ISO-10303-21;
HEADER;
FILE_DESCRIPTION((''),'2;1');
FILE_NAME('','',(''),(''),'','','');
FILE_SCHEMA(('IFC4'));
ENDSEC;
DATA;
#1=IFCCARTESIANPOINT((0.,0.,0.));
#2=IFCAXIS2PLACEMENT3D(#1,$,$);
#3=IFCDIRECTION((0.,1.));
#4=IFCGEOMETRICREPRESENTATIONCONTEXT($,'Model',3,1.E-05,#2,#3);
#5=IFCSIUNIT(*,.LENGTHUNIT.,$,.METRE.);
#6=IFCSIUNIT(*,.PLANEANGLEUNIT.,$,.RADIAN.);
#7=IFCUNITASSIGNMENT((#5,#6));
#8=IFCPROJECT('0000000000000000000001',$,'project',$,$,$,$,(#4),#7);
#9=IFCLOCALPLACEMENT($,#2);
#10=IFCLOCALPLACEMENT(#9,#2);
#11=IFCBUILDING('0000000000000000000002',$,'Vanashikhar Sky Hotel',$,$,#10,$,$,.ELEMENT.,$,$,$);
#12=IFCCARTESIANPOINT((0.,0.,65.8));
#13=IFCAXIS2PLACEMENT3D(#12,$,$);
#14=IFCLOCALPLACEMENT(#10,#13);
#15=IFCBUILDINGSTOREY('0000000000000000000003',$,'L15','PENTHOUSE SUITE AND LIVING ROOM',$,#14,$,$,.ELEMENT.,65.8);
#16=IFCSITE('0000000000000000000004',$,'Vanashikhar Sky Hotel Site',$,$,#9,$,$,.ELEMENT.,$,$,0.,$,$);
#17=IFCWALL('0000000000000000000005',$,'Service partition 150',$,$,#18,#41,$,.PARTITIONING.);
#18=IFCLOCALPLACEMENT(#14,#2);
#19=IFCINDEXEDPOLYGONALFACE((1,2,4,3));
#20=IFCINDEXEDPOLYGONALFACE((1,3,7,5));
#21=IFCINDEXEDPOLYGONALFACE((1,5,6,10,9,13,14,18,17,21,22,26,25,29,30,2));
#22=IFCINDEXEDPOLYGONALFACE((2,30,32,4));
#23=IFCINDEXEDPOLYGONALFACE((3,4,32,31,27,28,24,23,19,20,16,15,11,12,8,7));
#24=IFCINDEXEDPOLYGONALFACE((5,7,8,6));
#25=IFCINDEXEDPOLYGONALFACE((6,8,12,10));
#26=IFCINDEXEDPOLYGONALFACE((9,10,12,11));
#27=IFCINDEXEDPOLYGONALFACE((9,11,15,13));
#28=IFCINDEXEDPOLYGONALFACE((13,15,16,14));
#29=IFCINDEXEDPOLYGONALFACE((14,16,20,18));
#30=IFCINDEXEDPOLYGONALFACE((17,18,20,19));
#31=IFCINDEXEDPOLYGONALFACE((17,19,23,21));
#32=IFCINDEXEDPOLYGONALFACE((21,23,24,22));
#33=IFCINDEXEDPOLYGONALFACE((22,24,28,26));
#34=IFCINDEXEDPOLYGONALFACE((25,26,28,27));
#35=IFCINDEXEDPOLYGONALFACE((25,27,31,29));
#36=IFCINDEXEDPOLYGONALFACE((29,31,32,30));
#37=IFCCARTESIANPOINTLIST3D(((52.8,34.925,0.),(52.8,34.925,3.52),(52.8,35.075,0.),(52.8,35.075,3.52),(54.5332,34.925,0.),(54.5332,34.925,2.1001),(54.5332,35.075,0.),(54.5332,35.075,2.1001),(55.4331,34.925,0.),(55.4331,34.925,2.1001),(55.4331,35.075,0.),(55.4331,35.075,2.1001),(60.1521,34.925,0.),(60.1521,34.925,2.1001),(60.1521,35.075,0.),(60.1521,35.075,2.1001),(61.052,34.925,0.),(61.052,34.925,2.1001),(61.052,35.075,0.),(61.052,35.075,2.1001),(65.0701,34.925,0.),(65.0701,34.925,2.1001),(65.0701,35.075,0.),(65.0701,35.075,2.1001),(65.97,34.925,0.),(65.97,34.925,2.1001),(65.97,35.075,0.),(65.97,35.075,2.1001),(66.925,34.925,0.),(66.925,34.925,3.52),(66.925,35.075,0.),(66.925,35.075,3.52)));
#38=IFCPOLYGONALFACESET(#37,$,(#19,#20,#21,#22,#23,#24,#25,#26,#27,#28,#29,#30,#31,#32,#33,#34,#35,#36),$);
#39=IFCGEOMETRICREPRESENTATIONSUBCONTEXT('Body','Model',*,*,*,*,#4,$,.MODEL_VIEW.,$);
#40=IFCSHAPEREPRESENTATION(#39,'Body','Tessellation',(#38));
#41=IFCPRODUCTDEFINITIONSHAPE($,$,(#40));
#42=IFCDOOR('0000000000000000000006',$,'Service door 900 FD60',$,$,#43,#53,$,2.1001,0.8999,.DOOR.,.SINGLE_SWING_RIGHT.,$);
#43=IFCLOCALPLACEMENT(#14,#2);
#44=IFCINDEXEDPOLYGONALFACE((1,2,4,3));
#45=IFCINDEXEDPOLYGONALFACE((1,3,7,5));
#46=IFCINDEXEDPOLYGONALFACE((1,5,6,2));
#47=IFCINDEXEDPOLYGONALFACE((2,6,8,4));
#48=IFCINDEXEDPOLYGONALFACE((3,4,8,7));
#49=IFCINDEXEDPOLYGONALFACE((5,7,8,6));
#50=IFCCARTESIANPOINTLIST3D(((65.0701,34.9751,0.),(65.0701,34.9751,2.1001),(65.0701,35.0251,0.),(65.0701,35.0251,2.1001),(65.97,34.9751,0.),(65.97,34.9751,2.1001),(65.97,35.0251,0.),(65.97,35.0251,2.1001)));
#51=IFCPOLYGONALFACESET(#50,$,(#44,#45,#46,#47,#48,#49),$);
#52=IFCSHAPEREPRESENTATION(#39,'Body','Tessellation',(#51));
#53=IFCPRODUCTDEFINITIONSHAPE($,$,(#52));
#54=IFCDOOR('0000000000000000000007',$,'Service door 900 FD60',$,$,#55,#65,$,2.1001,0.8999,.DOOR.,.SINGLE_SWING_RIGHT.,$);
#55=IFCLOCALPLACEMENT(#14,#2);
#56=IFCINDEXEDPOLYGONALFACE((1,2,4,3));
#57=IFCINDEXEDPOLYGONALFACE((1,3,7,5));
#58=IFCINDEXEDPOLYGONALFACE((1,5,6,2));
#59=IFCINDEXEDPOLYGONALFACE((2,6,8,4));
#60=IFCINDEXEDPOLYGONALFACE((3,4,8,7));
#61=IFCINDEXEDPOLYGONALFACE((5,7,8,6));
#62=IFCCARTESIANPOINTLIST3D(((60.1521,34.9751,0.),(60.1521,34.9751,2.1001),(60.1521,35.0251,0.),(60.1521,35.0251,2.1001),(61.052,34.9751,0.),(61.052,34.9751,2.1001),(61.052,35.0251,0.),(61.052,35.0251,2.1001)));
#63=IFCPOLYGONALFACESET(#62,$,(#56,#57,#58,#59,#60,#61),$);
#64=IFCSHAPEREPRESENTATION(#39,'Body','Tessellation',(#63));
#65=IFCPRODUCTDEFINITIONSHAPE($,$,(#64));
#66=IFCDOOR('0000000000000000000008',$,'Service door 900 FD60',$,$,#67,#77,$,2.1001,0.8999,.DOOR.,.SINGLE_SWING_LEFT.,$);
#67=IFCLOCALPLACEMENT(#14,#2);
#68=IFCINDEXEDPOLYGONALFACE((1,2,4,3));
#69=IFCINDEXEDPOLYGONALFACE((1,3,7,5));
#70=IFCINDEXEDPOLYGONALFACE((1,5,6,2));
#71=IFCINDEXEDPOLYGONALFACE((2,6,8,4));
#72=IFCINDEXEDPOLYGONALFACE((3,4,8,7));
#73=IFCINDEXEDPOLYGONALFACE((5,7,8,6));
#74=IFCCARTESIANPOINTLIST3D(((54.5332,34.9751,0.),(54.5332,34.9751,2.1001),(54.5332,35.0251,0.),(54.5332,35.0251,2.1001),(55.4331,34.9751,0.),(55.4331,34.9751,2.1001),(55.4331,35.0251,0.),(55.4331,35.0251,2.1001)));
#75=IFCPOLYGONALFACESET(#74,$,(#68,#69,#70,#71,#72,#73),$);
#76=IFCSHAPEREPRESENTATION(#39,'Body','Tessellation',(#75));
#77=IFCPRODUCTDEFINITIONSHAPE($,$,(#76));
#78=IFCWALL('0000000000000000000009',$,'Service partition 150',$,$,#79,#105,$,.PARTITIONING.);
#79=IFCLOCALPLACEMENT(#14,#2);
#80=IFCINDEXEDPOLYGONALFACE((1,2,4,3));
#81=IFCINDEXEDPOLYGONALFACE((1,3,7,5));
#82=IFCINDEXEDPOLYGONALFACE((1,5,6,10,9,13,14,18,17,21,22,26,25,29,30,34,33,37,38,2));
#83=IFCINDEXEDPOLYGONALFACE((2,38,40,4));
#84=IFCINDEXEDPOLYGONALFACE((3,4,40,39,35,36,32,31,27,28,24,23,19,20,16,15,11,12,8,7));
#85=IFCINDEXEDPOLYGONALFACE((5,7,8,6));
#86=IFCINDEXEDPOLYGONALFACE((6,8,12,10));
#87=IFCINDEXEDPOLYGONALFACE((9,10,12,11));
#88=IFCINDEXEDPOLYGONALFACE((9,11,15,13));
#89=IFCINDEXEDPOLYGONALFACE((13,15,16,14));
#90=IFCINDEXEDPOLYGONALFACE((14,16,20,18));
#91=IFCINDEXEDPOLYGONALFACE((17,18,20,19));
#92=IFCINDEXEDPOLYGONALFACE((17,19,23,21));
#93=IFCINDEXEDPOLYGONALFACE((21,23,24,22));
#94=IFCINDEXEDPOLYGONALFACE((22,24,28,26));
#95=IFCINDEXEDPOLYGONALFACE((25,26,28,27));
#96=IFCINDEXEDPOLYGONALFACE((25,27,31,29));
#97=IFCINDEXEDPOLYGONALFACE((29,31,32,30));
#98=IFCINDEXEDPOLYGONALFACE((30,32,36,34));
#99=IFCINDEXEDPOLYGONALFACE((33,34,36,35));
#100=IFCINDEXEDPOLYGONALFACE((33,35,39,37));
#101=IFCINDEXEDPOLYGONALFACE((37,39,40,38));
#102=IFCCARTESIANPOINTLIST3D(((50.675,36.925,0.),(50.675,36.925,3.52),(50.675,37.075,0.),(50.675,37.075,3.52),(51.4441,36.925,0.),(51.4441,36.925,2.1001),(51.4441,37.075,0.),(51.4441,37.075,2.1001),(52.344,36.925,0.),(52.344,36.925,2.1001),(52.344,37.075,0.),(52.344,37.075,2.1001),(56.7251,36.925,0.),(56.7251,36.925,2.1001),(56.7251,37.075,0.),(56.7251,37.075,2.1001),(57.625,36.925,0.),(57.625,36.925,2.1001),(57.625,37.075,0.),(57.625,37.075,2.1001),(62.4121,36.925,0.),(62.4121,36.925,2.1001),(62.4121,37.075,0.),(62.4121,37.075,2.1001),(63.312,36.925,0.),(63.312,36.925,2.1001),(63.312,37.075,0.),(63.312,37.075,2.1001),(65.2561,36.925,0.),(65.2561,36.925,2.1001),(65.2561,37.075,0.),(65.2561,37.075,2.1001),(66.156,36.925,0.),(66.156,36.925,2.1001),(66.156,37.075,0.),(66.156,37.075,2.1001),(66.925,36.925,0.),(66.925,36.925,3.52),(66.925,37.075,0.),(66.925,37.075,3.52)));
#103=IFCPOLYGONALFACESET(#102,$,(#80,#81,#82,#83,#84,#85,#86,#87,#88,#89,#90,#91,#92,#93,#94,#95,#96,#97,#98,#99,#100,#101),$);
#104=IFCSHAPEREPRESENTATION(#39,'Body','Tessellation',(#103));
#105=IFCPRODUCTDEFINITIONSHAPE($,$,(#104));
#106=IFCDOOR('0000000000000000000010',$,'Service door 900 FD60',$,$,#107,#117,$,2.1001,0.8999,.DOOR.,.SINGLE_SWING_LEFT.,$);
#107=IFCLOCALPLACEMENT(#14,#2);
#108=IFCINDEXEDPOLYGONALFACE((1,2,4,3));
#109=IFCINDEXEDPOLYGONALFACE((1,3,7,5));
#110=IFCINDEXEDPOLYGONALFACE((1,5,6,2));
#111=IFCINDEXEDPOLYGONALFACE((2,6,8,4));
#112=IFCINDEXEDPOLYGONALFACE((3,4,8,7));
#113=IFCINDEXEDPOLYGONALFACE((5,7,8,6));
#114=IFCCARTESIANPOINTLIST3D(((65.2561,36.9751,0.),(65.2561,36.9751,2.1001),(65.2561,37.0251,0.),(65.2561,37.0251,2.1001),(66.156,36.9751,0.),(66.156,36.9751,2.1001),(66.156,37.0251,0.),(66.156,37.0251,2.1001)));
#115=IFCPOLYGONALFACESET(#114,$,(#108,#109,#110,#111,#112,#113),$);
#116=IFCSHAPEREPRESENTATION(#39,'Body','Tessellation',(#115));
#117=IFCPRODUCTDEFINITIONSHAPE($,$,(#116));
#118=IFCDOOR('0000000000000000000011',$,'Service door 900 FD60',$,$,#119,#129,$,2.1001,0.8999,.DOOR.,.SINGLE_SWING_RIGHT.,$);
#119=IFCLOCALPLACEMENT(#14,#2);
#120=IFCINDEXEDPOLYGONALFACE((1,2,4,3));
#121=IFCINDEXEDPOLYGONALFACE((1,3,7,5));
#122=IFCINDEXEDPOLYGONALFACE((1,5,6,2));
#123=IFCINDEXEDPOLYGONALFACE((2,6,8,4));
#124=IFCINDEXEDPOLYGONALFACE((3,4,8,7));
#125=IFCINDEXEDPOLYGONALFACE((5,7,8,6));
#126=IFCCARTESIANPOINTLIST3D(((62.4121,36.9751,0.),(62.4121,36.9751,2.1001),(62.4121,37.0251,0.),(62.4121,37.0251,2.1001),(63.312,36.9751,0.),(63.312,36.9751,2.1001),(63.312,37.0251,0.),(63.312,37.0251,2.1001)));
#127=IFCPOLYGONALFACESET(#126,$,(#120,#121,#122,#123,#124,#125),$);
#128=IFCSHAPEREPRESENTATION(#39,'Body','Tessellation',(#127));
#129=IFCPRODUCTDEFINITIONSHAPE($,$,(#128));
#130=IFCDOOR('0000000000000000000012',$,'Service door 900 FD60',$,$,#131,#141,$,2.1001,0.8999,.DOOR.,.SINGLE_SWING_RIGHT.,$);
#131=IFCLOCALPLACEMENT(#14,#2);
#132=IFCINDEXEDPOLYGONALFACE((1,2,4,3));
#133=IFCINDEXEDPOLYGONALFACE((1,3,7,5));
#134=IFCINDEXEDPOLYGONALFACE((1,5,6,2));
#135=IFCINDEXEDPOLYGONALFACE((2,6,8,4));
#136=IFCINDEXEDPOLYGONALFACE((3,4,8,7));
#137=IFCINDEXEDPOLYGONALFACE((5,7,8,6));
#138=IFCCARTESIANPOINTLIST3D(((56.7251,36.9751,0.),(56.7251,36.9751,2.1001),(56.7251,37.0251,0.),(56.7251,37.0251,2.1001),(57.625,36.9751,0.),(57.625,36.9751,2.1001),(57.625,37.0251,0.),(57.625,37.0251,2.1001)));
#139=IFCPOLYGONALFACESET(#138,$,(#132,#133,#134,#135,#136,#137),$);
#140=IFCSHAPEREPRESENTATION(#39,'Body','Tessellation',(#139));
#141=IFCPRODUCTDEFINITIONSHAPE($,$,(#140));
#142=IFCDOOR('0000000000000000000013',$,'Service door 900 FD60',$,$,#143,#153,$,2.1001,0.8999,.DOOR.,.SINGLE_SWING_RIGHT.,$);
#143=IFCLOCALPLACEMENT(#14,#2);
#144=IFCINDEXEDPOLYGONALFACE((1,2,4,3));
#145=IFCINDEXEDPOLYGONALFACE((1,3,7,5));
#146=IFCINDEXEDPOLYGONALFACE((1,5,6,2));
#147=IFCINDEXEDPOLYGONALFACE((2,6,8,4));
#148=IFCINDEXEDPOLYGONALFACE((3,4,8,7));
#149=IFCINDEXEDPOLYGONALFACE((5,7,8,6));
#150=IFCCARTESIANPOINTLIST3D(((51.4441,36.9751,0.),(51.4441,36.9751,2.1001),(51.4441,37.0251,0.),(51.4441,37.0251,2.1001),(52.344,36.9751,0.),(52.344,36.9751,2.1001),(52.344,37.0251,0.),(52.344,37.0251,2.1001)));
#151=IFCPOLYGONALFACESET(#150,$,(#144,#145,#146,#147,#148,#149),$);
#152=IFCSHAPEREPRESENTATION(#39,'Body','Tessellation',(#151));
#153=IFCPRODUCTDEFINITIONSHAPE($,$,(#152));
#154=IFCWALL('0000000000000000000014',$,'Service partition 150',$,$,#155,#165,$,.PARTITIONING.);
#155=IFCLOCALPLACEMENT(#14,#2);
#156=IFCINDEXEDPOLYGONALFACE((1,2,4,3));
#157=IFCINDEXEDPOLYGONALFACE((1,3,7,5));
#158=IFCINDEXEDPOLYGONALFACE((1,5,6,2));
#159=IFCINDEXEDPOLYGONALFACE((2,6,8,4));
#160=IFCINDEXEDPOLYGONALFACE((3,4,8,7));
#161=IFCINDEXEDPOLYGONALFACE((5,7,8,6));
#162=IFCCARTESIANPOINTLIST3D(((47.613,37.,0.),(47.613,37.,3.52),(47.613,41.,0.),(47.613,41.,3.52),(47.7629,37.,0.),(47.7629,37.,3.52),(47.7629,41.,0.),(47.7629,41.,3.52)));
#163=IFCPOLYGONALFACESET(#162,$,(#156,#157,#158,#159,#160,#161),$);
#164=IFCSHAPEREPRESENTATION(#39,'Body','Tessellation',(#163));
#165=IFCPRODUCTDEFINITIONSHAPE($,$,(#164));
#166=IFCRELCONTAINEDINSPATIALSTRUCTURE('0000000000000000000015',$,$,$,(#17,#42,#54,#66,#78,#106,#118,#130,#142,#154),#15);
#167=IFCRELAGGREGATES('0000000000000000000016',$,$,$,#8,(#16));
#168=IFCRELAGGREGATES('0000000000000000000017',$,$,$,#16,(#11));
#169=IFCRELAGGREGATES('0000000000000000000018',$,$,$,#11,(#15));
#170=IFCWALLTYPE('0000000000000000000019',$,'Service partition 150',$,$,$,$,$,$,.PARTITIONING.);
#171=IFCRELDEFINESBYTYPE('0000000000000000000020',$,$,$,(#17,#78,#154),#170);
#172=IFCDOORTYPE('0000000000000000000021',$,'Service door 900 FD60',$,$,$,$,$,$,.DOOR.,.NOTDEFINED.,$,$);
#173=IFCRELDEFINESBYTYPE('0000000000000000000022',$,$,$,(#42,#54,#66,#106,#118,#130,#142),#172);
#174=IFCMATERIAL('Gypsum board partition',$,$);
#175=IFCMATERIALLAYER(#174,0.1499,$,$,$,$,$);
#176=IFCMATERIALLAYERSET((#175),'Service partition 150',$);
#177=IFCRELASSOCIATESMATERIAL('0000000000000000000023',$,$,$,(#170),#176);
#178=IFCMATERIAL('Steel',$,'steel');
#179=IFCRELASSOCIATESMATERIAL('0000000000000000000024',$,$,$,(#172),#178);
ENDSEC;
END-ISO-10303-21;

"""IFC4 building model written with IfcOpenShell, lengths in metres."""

from ifc_helpers import new_model, si_unit, direction, frame, frame_2d, origin, place, context, subcontext, project, spatial, rectangle, extrude, source, transform, mapped, material, layer, layer_set, type_object, element, fill, save


model = new_model("IFC4")

# Units and contexts
model_context = context("Model", 3, precision=1e-05, world=origin(), true_north=direction((0.0, 1.0)))
body_context = subcontext(model_context, "Body", "Model", "MODEL_VIEW")
ifc_project = project(units=[si_unit("LENGTHUNIT", "METRE"), si_unit("PLANEANGLEUNIT", "RADIAN")], contexts=[model_context])

# Site, building, storey
site_placement = place(None, origin())
site = spatial("IfcSite", under=ifc_project, at=site_placement, Name="Vanashikhar Sky Hotel Site", CompositionType="ELEMENT", RefElevation=0.0)
building_placement = place(site_placement, origin())
building = spatial("IfcBuilding", under=site, at=building_placement, Name="Vanashikhar Sky Hotel", CompositionType="ELEMENT")
storey_placement = place(building_placement, frame((0.0, 0.0, 65.8)))
storey = spatial("IfcBuildingStorey", under=building, at=storey_placement, Name="L15", Description="PENTHOUSE SUITE AND LIVING ROOM", CompositionType="ELEMENT", Elevation=65.8)

# Shared definitions
ifc_material_1 = material(Name="Steel", Category="steel")

# Shared definitions
ifc_material_2 = material(Name="Gypsum board partition")
ifc_layer_1 = layer(ifc_material_2, 0.1499)
ifc_layer_set_1 = layer_set([ifc_layer_1], Name="Service partition 150")
wall_type_1 = type_object("IfcWallType", Name="Service partition 150", PredefinedType="PARTITIONING", material=ifc_layer_set_1)

# Walls, openings, doors
shared_shape_1 = source(origin(), body_context, "Body", "SweptSolid", [
    extrude(rectangle(XDim=14.125, YDim=0.1499, at=frame_2d((7.0625, 0.0))), origin(), (0.0, 0.0, 1.0), 3.52),
])
wall_1_placement = place(storey_placement, frame((66.925, 35.0, 0.0), z_axis=(0.0, 0.0, 1.0), x_axis=(-1.0, 0.0, 0.0)))
wall_1 = element("IfcWall", 1, at=wall_1_placement, inside=storey, type_object=wall_type_1, Name="Service partition 150", PredefinedType="PARTITIONING", context=body_context, shape_type="MappedRepresentation", body=[
    mapped(shared_shape_1, transform((0.0, 0.0, 0.0), scale=1.0)),
])
shared_shape_2 = source(origin(), body_context, "Body", "SweptSolid", [
    extrude(rectangle(XDim=0.8999, YDim=2.1001, at=frame_2d((0.45, 1.05))), frame((0.0, 0.085, 0.0), z_axis=(0.0, -1.0, 0.0), x_axis=(1.0, 0.0, 0.0)), (0.0, 0.0, 1.0), 0.1699),
])
opening_1_placement = place(wall_1_placement, frame((0.9551, 0.0, 0.0)))
opening_1 = element("IfcOpeningElement", 2, at=opening_1_placement, cuts=wall_1, PredefinedType="OPENING", context=body_context, shape_type="MappedRepresentation", body=[
    mapped(shared_shape_2, transform((0.0, 0.0, 0.0), scale=1.0)),
])
opening_2_placement = place(wall_1_placement, frame((5.873, 0.0, 0.0)))
opening_2 = element("IfcOpeningElement", 3, at=opening_2_placement, cuts=wall_1, PredefinedType="OPENING", context=body_context, shape_type="MappedRepresentation", body=[
    mapped(shared_shape_2, transform((0.0, 0.0, 0.0), scale=1.0)),
])
opening_3_placement = place(wall_1_placement, frame((11.4919, 0.0, 0.0)))
opening_3 = element("IfcOpeningElement", 4, at=opening_3_placement, cuts=wall_1, PredefinedType="OPENING", context=body_context, shape_type="MappedRepresentation", body=[
    mapped(shared_shape_2, transform((0.0, 0.0, 0.0), scale=1.0)),
])
door_type_1 = type_object("IfcDoorType", Name="Service door 900 FD60", OperationType="NOTDEFINED", PredefinedType="DOOR", material=ifc_material_1)
shared_shape_3 = source(origin(), body_context, "Body", "SweptSolid", [
    extrude(rectangle(XDim=0.8999, YDim=2.1001, at=frame_2d((0.45, 1.05))), frame((0.0, 0.0249, 0.0), z_axis=(0.0, -1.0, 0.0), x_axis=(1.0, 0.0, 0.0)), (0.0, 0.0, 1.0), 0.05),
])
door_1_placement = place(opening_1_placement, origin())
door_1 = element("IfcDoor", 5, at=door_1_placement, inside=storey, type_object=door_type_1, Name="Service door 900 FD60", OperationType="SINGLE_SWING_RIGHT", OverallHeight=2.1001, OverallWidth=0.8999, PredefinedType="DOOR", context=body_context, shape_type="MappedRepresentation", body=[
    mapped(shared_shape_3, transform((0.0, 0.0, 0.0), scale=1.0)),
])
fill(opening_1, door_1)
door_2_placement = place(opening_2_placement, origin())
door_2 = element("IfcDoor", 6, at=door_2_placement, inside=storey, type_object=door_type_1, Name="Service door 900 FD60", OperationType="SINGLE_SWING_RIGHT", OverallHeight=2.1001, OverallWidth=0.8999, PredefinedType="DOOR", context=body_context, shape_type="MappedRepresentation", body=[
    mapped(shared_shape_3, transform((0.0, 0.0, 0.0), scale=1.0)),
])
fill(opening_2, door_2)
door_3_placement = place(opening_3_placement, origin())
door_3 = element("IfcDoor", 7, at=door_3_placement, inside=storey, type_object=door_type_1, Name="Service door 900 FD60", OperationType="SINGLE_SWING_LEFT", OverallHeight=2.1001, OverallWidth=0.8999, PredefinedType="DOOR", context=body_context, shape_type="MappedRepresentation", body=[
    mapped(shared_shape_3, transform((0.0, 0.0, 0.0), scale=1.0)),
])
fill(opening_3, door_3)
shared_shape_4 = source(origin(), body_context, "Body", "SweptSolid", [
    extrude(rectangle(XDim=16.25, YDim=0.1499, at=frame_2d((8.125, 0.0))), origin(), (0.0, 0.0, 1.0), 3.52),
])
wall_2_placement = place(storey_placement, frame((66.925, 37.0, 0.0), z_axis=(0.0, 0.0, 1.0), x_axis=(-1.0, 0.0, 0.0)))
wall_2 = element("IfcWall", 8, at=wall_2_placement, inside=storey, type_object=wall_type_1, Name="Service partition 150", PredefinedType="PARTITIONING", context=body_context, shape_type="MappedRepresentation", body=[
    mapped(shared_shape_4, transform((0.0, 0.0, 0.0), scale=1.0)),
])
opening_4_placement = place(wall_2_placement, frame((0.769, 0.0, 0.0)))
opening_4 = element("IfcOpeningElement", 9, at=opening_4_placement, cuts=wall_2, PredefinedType="OPENING", context=body_context, shape_type="MappedRepresentation", body=[
    mapped(shared_shape_2, transform((0.0, 0.0, 0.0), scale=1.0)),
])
opening_5_placement = place(wall_2_placement, frame((3.613, 0.0, 0.0)))
opening_5 = element("IfcOpeningElement", 10, at=opening_5_placement, cuts=wall_2, PredefinedType="OPENING", context=body_context, shape_type="MappedRepresentation", body=[
    mapped(shared_shape_2, transform((0.0, 0.0, 0.0), scale=1.0)),
])
opening_6_placement = place(wall_2_placement, frame((9.3, 0.0, 0.0)))
opening_6 = element("IfcOpeningElement", 11, at=opening_6_placement, cuts=wall_2, PredefinedType="OPENING", context=body_context, shape_type="MappedRepresentation", body=[
    mapped(shared_shape_2, transform((0.0, 0.0, 0.0), scale=1.0)),
])
opening_7_placement = place(wall_2_placement, frame((14.5811, 0.0, 0.0)))
opening_7 = element("IfcOpeningElement", 12, at=opening_7_placement, cuts=wall_2, PredefinedType="OPENING", context=body_context, shape_type="MappedRepresentation", body=[
    mapped(shared_shape_2, transform((0.0, 0.0, 0.0), scale=1.0)),
])
door_4_placement = place(opening_4_placement, origin())
door_4 = element("IfcDoor", 13, at=door_4_placement, inside=storey, type_object=door_type_1, Name="Service door 900 FD60", OperationType="SINGLE_SWING_LEFT", OverallHeight=2.1001, OverallWidth=0.8999, PredefinedType="DOOR", context=body_context, shape_type="MappedRepresentation", body=[
    mapped(shared_shape_3, transform((0.0, 0.0, 0.0), scale=1.0)),
])
fill(opening_4, door_4)
door_5_placement = place(opening_5_placement, origin())
door_5 = element("IfcDoor", 14, at=door_5_placement, inside=storey, type_object=door_type_1, Name="Service door 900 FD60", OperationType="SINGLE_SWING_RIGHT", OverallHeight=2.1001, OverallWidth=0.8999, PredefinedType="DOOR", context=body_context, shape_type="MappedRepresentation", body=[
    mapped(shared_shape_3, transform((0.0, 0.0, 0.0), scale=1.0)),
])
fill(opening_5, door_5)
door_6_placement = place(opening_6_placement, origin())
door_6 = element("IfcDoor", 15, at=door_6_placement, inside=storey, type_object=door_type_1, Name="Service door 900 FD60", OperationType="SINGLE_SWING_RIGHT", OverallHeight=2.1001, OverallWidth=0.8999, PredefinedType="DOOR", context=body_context, shape_type="MappedRepresentation", body=[
    mapped(shared_shape_3, transform((0.0, 0.0, 0.0), scale=1.0)),
])
fill(opening_6, door_6)
door_7_placement = place(opening_7_placement, origin())
door_7 = element("IfcDoor", 16, at=door_7_placement, inside=storey, type_object=door_type_1, Name="Service door 900 FD60", OperationType="SINGLE_SWING_RIGHT", OverallHeight=2.1001, OverallWidth=0.8999, PredefinedType="DOOR", context=body_context, shape_type="MappedRepresentation", body=[
    mapped(shared_shape_3, transform((0.0, 0.0, 0.0), scale=1.0)),
])
fill(opening_7, door_7)

# Wall
shared_shape_5 = source(origin(), body_context, "Body", "SweptSolid", [
    extrude(rectangle(XDim=4.0, YDim=0.1499, at=frame_2d((2.0, 0.0))), origin(), (0.0, 0.0, 1.0), 3.52),
])
for number, where, z_axis, x_axis, name in (
    (17, (47.688, 37.0, 0.0), (0.0, 0.0, 1.0), (0.0, 1.0, 0.0), "Service partition 150"),
):
    element("IfcWall", number, at=place(storey_placement, frame(where, z_axis=z_axis, x_axis=x_axis)), inside=storey, type_object=wall_type_1, Name=name, PredefinedType="PARTITIONING", context=body_context, shape_type="MappedRepresentation", body=[
        mapped(shared_shape_5, transform((0.0, 0.0, 0.0), scale=1.0)),
    ])

save(model, "model.ifc")
